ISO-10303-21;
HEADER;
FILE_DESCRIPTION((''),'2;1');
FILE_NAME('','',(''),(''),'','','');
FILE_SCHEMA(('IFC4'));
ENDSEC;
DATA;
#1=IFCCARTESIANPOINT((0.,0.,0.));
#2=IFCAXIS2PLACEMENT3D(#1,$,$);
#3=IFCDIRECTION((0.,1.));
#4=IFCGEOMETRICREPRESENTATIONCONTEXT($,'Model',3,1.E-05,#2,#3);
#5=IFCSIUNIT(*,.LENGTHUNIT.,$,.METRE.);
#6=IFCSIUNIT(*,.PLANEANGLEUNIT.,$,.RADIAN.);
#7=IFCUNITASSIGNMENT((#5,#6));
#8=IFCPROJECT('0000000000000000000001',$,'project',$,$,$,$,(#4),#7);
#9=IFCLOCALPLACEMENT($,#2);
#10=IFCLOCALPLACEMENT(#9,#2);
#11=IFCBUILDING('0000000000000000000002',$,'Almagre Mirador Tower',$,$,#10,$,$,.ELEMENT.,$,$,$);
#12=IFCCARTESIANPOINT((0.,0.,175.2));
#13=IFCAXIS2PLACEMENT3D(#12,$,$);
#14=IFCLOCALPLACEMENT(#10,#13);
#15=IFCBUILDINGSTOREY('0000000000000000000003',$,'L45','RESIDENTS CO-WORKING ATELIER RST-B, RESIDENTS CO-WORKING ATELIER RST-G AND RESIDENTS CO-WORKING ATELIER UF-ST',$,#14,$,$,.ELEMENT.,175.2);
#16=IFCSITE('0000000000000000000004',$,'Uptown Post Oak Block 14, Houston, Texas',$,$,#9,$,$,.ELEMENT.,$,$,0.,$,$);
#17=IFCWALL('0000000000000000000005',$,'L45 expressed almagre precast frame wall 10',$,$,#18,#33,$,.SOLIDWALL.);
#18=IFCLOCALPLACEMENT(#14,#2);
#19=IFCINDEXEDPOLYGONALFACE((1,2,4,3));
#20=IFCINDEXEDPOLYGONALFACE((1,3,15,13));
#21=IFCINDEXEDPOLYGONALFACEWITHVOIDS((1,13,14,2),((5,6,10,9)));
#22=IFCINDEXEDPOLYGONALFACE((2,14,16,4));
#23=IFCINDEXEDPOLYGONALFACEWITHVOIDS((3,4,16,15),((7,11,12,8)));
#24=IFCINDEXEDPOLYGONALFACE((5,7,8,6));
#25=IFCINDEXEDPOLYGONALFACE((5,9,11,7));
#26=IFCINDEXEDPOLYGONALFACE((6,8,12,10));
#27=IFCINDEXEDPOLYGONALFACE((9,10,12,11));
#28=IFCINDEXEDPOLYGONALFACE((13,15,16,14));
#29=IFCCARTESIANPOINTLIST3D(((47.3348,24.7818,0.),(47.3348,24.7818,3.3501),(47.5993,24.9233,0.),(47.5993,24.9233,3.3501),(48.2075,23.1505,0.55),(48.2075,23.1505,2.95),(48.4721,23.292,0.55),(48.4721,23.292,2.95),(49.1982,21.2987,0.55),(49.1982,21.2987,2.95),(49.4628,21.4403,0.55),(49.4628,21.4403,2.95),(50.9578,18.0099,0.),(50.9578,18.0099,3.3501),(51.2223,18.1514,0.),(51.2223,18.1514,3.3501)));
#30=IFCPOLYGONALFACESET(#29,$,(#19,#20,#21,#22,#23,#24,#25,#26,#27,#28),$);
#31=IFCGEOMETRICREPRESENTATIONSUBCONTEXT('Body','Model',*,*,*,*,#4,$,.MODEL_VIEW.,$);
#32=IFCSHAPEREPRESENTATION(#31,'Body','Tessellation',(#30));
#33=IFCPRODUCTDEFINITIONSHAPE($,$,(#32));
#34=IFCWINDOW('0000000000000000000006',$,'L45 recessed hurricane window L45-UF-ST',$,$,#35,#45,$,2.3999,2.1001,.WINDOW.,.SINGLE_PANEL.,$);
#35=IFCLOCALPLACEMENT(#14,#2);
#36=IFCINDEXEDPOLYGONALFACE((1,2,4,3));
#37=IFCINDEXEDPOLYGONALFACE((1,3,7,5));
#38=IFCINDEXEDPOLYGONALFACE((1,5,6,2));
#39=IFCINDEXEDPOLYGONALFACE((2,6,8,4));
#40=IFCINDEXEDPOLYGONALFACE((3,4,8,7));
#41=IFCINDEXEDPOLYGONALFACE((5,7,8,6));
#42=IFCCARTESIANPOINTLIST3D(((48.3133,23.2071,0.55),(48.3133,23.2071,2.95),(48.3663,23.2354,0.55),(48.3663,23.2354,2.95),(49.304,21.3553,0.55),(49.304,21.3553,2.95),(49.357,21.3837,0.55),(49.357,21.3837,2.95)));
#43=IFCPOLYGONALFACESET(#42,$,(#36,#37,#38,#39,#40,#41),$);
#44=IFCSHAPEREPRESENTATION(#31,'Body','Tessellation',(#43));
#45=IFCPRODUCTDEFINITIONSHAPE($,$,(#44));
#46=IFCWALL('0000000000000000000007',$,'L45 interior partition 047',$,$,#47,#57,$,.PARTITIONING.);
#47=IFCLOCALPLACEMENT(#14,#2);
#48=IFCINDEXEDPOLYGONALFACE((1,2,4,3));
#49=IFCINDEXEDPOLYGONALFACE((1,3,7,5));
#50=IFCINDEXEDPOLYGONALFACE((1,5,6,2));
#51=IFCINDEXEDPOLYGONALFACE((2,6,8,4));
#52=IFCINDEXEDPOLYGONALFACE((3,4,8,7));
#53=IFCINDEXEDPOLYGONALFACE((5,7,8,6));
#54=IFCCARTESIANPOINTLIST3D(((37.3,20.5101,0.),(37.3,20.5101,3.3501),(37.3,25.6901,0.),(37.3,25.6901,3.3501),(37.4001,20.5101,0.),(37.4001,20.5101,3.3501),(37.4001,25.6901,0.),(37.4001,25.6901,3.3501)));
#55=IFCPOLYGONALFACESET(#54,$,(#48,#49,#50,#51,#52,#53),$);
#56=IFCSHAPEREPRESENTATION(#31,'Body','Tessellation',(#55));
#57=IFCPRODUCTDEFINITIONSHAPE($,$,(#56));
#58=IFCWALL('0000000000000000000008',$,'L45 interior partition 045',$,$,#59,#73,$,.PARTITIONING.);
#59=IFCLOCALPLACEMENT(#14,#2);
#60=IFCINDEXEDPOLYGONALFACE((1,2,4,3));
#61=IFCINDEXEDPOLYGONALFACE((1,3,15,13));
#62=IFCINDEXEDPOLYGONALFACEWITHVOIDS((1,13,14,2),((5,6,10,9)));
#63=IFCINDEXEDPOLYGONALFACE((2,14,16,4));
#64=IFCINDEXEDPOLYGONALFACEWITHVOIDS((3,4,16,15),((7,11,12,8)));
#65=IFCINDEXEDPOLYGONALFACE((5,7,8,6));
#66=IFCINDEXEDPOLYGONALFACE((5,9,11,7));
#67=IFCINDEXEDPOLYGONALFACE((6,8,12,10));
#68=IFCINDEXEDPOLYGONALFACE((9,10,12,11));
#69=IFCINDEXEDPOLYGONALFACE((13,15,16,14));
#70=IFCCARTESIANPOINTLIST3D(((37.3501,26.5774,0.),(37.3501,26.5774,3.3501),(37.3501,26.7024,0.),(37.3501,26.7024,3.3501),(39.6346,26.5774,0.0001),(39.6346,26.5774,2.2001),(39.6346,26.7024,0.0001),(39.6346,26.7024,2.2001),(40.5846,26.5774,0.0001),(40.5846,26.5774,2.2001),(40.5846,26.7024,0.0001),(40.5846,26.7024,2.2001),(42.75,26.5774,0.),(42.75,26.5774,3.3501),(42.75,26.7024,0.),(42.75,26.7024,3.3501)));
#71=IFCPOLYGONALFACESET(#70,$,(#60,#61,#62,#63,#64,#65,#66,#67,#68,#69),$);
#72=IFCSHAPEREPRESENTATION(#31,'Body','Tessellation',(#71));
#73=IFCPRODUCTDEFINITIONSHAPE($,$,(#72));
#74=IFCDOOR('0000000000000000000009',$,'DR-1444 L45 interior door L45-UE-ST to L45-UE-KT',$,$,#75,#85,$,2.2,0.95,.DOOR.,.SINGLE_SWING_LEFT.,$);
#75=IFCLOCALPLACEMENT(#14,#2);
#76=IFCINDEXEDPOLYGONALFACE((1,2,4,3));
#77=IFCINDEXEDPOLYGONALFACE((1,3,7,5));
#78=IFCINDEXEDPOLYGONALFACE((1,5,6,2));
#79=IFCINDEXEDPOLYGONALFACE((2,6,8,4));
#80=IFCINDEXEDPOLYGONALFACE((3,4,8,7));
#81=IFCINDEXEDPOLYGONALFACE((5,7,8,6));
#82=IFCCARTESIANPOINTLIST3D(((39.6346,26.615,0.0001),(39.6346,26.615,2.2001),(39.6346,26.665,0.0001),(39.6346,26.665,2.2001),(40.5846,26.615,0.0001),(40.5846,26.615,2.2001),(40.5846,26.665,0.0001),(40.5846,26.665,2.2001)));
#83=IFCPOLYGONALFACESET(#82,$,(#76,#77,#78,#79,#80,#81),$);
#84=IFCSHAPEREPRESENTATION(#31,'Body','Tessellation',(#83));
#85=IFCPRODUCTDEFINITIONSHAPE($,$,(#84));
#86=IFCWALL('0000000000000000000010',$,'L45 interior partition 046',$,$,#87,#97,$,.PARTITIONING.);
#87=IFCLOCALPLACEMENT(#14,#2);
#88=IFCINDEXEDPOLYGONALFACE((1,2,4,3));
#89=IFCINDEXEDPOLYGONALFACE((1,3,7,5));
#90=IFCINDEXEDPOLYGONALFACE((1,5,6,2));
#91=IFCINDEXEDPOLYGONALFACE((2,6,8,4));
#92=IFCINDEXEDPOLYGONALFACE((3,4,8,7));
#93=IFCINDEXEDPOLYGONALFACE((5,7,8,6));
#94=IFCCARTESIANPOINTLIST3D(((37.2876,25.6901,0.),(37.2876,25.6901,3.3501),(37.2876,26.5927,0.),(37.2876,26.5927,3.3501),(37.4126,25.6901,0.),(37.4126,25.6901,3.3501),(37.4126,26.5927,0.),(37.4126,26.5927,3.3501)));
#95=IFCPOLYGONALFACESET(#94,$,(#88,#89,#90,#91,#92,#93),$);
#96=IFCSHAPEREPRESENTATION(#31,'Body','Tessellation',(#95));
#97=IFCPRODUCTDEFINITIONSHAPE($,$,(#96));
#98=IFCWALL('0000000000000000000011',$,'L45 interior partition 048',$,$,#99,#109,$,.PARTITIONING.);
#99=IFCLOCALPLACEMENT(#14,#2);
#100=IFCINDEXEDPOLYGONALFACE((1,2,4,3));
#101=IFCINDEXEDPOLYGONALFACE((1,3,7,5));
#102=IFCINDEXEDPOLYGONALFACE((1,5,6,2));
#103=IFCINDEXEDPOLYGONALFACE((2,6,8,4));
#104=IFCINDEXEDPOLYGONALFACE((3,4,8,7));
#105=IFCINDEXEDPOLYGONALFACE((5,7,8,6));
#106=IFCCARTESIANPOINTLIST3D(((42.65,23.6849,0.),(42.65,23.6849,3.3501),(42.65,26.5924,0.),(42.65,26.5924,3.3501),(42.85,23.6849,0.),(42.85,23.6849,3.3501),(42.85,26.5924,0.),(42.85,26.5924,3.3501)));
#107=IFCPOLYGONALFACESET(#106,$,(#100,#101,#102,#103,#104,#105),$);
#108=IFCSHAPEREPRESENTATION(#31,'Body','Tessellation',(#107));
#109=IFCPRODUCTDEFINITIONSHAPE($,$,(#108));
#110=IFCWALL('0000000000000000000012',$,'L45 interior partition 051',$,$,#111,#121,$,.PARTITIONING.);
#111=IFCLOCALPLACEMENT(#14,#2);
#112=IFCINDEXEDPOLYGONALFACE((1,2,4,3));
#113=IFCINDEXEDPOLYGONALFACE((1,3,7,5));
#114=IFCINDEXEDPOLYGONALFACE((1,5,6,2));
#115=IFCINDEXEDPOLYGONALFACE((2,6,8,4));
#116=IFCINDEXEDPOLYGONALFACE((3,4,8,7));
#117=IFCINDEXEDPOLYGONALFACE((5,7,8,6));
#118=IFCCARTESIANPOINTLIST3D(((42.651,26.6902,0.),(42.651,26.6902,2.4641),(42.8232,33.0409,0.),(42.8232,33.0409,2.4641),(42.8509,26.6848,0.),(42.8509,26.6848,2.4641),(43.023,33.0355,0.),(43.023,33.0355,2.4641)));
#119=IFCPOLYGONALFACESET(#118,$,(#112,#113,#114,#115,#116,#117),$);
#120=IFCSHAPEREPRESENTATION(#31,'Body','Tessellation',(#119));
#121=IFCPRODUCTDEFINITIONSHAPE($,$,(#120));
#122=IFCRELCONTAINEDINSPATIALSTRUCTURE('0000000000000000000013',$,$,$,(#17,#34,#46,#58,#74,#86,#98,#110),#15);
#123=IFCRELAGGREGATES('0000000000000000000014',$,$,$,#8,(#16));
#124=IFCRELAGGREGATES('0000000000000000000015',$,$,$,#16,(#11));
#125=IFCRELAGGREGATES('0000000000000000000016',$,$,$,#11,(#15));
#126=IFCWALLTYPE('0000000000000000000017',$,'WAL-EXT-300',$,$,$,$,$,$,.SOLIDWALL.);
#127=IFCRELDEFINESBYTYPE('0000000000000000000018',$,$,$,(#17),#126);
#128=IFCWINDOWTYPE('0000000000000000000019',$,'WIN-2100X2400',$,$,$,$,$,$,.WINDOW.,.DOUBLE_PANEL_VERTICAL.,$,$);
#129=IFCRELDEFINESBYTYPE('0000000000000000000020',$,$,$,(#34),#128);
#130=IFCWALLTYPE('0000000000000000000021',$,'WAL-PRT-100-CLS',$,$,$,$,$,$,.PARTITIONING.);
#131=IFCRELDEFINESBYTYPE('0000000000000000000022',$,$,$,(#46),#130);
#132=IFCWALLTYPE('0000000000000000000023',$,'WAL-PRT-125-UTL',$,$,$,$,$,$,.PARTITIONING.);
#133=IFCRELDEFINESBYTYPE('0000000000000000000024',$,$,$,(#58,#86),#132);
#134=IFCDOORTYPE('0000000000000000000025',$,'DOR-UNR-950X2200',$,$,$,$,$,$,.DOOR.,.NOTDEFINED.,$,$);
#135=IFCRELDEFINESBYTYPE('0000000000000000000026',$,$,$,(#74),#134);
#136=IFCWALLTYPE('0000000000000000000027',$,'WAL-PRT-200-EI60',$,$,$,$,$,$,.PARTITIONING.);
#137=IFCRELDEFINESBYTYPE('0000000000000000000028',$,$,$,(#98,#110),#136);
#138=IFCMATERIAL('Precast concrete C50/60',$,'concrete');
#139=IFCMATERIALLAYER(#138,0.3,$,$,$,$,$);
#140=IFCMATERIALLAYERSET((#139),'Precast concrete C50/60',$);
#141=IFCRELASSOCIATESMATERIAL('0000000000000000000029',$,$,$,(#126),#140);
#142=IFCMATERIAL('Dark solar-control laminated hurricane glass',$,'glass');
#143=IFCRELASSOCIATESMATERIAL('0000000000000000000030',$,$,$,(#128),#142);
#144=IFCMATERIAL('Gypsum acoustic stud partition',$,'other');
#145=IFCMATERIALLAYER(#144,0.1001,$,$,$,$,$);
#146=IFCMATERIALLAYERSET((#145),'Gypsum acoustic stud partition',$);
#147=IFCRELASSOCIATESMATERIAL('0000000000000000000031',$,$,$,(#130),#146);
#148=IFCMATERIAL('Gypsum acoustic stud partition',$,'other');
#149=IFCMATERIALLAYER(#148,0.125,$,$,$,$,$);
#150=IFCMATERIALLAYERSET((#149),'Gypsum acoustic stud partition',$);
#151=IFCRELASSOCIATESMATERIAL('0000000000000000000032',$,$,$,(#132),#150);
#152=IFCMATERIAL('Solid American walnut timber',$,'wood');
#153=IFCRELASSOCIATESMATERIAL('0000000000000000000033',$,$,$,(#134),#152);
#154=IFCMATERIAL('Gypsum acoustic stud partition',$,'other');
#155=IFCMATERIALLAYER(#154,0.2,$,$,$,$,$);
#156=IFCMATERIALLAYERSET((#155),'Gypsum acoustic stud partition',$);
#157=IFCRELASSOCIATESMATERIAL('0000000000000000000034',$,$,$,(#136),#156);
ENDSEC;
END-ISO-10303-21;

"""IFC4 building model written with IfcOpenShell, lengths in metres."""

from ifc_helpers import new_model, si_unit, direction, frame, frame_2d, origin, place, context, subcontext, project, spatial, rectangle, extrude, material, layer, layer_set, type_object, element, fill, save


model = new_model("IFC4")

# Units and contexts
model_context = context("Model", 3, precision=1e-05, world=origin(), true_north=direction((0.0, 1.0)))
body_context = subcontext(model_context, "Body", "Model", "MODEL_VIEW")
ifc_project = project(units=[si_unit("LENGTHUNIT", "METRE"), si_unit("PLANEANGLEUNIT", "RADIAN")], contexts=[model_context])

# Site, building, storey
site_placement = place(None, origin())
site = spatial("IfcSite", under=ifc_project, at=site_placement, Name="Uptown Post Oak Block 14, Houston, Texas", CompositionType="ELEMENT", RefElevation=0.0)
building_placement = place(site_placement, origin())
building = spatial("IfcBuilding", under=site, at=building_placement, Name="Almagre Mirador Tower", CompositionType="ELEMENT")
storey_placement = place(building_placement, frame((0.0, 0.0, 175.2)))
storey = spatial("IfcBuildingStorey", under=building, at=storey_placement, Name="L45", Description="RESIDENTS CO-WORKING ATELIER RST-B, RESIDENTS CO-WORKING ATELIER RST-G AND RESIDENTS CO-WORKING ATELIER UF-ST", CompositionType="ELEMENT", Elevation=175.2)

# Wall, opening, window
ifc_material_1 = material(Name="Precast concrete C50/60", Category="concrete")
ifc_layer_1 = layer(ifc_material_1, 0.3)
ifc_layer_set_1 = layer_set([ifc_layer_1], Name="Precast concrete C50/60")
wall_type_1 = type_object("IfcWallType", Name="WAL-EXT-300", PredefinedType="SOLIDWALL", material=ifc_layer_set_1)
wall_1_placement = place(storey_placement, frame((47.467, 24.8525, 0.0), z_axis=(0.0, 0.0, 1.0), x_axis=(0.471736, -0.88174, 0.0)))
wall_1 = element("IfcWall", 1, at=wall_1_placement, inside=storey, type_object=wall_type_1, Name="L45 expressed almagre precast frame wall 10", PredefinedType="SOLIDWALL", context=body_context, shape_type="SweptSolid", body=[
    extrude(rectangle(XDim=7.6802, YDim=0.3, at=frame_2d((3.8401, 0.0))), origin(), (0.0, 0.0, 1.0), 3.3501),
])
opening_1_placement = place(wall_1_placement, frame((1.8501, 0.0, 0.55)))
opening_1 = element("IfcOpeningElement", 2, at=opening_1_placement, cuts=wall_1, PredefinedType="OPENING", context=body_context, shape_type="SweptSolid", body=[
    extrude(rectangle(XDim=2.1001, YDim=2.3999, at=frame_2d((1.05, 1.2))), frame((0.0, 0.1599, 0.0), z_axis=(0.0, -1.0, 0.0), x_axis=(1.0, 0.0, 0.0)), (0.0, 0.0, 1.0), 0.32),
])
ifc_material_2 = material(Name="Dark solar-control laminated hurricane glass", Category="glass")
window_type = type_object("IfcWindowType", Name="WIN-2100X2400", PartitioningType="DOUBLE_PANEL_VERTICAL", PredefinedType="WINDOW", material=ifc_material_2)
window_placement = place(opening_1_placement, origin())
window = element("IfcWindow", 3, at=window_placement, inside=storey, type_object=window_type, Name="L45 recessed hurricane window L45-UF-ST", OverallHeight=2.3999, OverallWidth=2.1001, PartitioningType="SINGLE_PANEL", PredefinedType="WINDOW", context=body_context, shape_type="SweptSolid", body=[
    extrude(rectangle(XDim=2.1001, YDim=2.3999, at=frame_2d((1.05, 1.2))), frame((0.0, 0.03, 0.0), z_axis=(0.0, -1.0, 0.0), x_axis=(1.0, 0.0, 0.0)), (0.0, 0.0, 1.0), 0.0601),
])
fill(opening_1, window)

# Wall
ifc_material_3 = material(Name="Gypsum acoustic stud partition", Category="other")
ifc_layer_2 = layer(ifc_material_3, 0.1001)
ifc_layer_set_2 = layer_set([ifc_layer_2], Name="Gypsum acoustic stud partition")
wall_type_2 = type_object("IfcWallType", Name="WAL-PRT-100-CLS", PredefinedType="PARTITIONING", material=ifc_layer_set_2)
wall_2_placement = place(storey_placement, frame((37.3501, 25.6899, 0.0), z_axis=(0.0, 0.0, 1.0), x_axis=(0.0, -1.0, 0.0)))
element("IfcWall", 4, at=wall_2_placement, inside=storey, type_object=wall_type_2, Name="L45 interior partition 047", PredefinedType="PARTITIONING", context=body_context, shape_type="SweptSolid", body=[
    extrude(rectangle(XDim=5.1799, YDim=0.1001, at=frame_2d((2.5898, 0.0))), origin(), (0.0, 0.0, 1.0), 3.3501),
])

# Wall, opening, door
ifc_material_4 = material(Name="Gypsum acoustic stud partition", Category="other")
ifc_layer_3 = layer(ifc_material_4, 0.125)
ifc_layer_set_3 = layer_set([ifc_layer_3], Name="Gypsum acoustic stud partition")
wall_type_3 = type_object("IfcWallType", Name="WAL-PRT-125-UTL", PredefinedType="PARTITIONING", material=ifc_layer_set_3)
wall_3_placement = place(storey_placement, frame((42.75, 26.6399, 0.0), z_axis=(0.0, 0.0, 1.0), x_axis=(-1.0, 0.0, 0.0)))
wall_3 = element("IfcWall", 5, at=wall_3_placement, inside=storey, type_object=wall_type_3, Name="L45 interior partition 045", PredefinedType="PARTITIONING", context=body_context, shape_type="SweptSolid", body=[
    extrude(rectangle(XDim=5.3999, YDim=0.125, at=frame_2d((2.7, 0.0))), origin(), (0.0, 0.0, 1.0), 3.3501),
])
opening_2_placement = place(wall_3_placement, frame((2.1653, 0.0, 0.0)))
opening_2 = element("IfcOpeningElement", 6, at=opening_2_placement, cuts=wall_3, PredefinedType="OPENING", context=body_context, shape_type="SweptSolid", body=[
    extrude(rectangle(XDim=0.95, YDim=2.2, at=frame_2d((0.4751, 1.1001))), frame((0.0, 0.0725, 0.0), z_axis=(0.0, -1.0, 0.0), x_axis=(1.0, 0.0, 0.0)), (0.0, 0.0, 1.0), 0.145),
])
ifc_material_5 = material(Name="Solid American walnut timber", Category="wood")
door_type = type_object("IfcDoorType", Name="DOR-UNR-950X2200", OperationType="NOTDEFINED", PredefinedType="DOOR", material=ifc_material_5)
door_placement = place(opening_2_placement, origin())
door = element("IfcDoor", 7, at=door_placement, inside=storey, type_object=door_type, Name="DR-1444 L45 interior door L45-UE-ST to L45-UE-KT", OperationType="SINGLE_SWING_LEFT", OverallHeight=2.2, OverallWidth=0.95, PredefinedType="DOOR", context=body_context, shape_type="SweptSolid", body=[
    extrude(rectangle(XDim=0.95, YDim=2.2, at=frame_2d((0.4751, 1.1001))), frame((0.0, 0.0249, 0.0), z_axis=(0.0, -1.0, 0.0), x_axis=(1.0, 0.0, 0.0)), (0.0, 0.0, 1.0), 0.05),
])
fill(opening_2, door)

# Walls
wall_4_placement = place(storey_placement, frame((37.3501, 26.5925, 0.0), z_axis=(0.0, 0.0, 1.0), x_axis=(0.0, -1.0, 0.0)))
element("IfcWall", 8, at=wall_4_placement, inside=storey, type_object=wall_type_3, Name="L45 interior partition 046", PredefinedType="PARTITIONING", context=body_context, shape_type="SweptSolid", body=[
    extrude(rectangle(XDim=0.9026, YDim=0.125, at=frame_2d((0.4512, 0.0))), origin(), (0.0, 0.0, 1.0), 3.3501),
])
ifc_material_6 = material(Name="Gypsum acoustic stud partition", Category="other")
ifc_layer_4 = layer(ifc_material_6, 0.2)
ifc_layer_set_4 = layer_set([ifc_layer_4], Name="Gypsum acoustic stud partition")
wall_type_4 = type_object("IfcWallType", Name="WAL-PRT-200-EI60", PredefinedType="PARTITIONING", material=ifc_layer_set_4)
wall_5_placement = place(storey_placement, frame((42.75, 23.6851, 0.0), z_axis=(0.0, 0.0, 1.0), x_axis=(0.0, 1.0, 0.0)))
element("IfcWall", 9, at=wall_5_placement, inside=storey, type_object=wall_type_4, Name="L45 interior partition 048", PredefinedType="PARTITIONING", context=body_context, shape_type="SweptSolid", body=[
    extrude(rectangle(XDim=2.9075, YDim=0.2, at=frame_2d((1.4536, 0.0))), origin(), (0.0, 0.0, 1.0), 3.3501),
])
wall_6_placement = place(storey_placement, frame((42.751, 26.6875, 0.0), z_axis=(0.0, 0.0, 1.0), x_axis=(0.027093, 0.999633, 0.0)))
element("IfcWall", 10, at=wall_6_placement, inside=storey, type_object=wall_type_4, Name="L45 interior partition 051", PredefinedType="PARTITIONING", context=body_context, shape_type="SweptSolid", body=[
    extrude(rectangle(XDim=6.353, YDim=0.2, at=frame_2d((3.1765, 0.0))), origin(), (0.0, 0.0, 1.0), 2.4641),
])

save(model, "model.ifc")
